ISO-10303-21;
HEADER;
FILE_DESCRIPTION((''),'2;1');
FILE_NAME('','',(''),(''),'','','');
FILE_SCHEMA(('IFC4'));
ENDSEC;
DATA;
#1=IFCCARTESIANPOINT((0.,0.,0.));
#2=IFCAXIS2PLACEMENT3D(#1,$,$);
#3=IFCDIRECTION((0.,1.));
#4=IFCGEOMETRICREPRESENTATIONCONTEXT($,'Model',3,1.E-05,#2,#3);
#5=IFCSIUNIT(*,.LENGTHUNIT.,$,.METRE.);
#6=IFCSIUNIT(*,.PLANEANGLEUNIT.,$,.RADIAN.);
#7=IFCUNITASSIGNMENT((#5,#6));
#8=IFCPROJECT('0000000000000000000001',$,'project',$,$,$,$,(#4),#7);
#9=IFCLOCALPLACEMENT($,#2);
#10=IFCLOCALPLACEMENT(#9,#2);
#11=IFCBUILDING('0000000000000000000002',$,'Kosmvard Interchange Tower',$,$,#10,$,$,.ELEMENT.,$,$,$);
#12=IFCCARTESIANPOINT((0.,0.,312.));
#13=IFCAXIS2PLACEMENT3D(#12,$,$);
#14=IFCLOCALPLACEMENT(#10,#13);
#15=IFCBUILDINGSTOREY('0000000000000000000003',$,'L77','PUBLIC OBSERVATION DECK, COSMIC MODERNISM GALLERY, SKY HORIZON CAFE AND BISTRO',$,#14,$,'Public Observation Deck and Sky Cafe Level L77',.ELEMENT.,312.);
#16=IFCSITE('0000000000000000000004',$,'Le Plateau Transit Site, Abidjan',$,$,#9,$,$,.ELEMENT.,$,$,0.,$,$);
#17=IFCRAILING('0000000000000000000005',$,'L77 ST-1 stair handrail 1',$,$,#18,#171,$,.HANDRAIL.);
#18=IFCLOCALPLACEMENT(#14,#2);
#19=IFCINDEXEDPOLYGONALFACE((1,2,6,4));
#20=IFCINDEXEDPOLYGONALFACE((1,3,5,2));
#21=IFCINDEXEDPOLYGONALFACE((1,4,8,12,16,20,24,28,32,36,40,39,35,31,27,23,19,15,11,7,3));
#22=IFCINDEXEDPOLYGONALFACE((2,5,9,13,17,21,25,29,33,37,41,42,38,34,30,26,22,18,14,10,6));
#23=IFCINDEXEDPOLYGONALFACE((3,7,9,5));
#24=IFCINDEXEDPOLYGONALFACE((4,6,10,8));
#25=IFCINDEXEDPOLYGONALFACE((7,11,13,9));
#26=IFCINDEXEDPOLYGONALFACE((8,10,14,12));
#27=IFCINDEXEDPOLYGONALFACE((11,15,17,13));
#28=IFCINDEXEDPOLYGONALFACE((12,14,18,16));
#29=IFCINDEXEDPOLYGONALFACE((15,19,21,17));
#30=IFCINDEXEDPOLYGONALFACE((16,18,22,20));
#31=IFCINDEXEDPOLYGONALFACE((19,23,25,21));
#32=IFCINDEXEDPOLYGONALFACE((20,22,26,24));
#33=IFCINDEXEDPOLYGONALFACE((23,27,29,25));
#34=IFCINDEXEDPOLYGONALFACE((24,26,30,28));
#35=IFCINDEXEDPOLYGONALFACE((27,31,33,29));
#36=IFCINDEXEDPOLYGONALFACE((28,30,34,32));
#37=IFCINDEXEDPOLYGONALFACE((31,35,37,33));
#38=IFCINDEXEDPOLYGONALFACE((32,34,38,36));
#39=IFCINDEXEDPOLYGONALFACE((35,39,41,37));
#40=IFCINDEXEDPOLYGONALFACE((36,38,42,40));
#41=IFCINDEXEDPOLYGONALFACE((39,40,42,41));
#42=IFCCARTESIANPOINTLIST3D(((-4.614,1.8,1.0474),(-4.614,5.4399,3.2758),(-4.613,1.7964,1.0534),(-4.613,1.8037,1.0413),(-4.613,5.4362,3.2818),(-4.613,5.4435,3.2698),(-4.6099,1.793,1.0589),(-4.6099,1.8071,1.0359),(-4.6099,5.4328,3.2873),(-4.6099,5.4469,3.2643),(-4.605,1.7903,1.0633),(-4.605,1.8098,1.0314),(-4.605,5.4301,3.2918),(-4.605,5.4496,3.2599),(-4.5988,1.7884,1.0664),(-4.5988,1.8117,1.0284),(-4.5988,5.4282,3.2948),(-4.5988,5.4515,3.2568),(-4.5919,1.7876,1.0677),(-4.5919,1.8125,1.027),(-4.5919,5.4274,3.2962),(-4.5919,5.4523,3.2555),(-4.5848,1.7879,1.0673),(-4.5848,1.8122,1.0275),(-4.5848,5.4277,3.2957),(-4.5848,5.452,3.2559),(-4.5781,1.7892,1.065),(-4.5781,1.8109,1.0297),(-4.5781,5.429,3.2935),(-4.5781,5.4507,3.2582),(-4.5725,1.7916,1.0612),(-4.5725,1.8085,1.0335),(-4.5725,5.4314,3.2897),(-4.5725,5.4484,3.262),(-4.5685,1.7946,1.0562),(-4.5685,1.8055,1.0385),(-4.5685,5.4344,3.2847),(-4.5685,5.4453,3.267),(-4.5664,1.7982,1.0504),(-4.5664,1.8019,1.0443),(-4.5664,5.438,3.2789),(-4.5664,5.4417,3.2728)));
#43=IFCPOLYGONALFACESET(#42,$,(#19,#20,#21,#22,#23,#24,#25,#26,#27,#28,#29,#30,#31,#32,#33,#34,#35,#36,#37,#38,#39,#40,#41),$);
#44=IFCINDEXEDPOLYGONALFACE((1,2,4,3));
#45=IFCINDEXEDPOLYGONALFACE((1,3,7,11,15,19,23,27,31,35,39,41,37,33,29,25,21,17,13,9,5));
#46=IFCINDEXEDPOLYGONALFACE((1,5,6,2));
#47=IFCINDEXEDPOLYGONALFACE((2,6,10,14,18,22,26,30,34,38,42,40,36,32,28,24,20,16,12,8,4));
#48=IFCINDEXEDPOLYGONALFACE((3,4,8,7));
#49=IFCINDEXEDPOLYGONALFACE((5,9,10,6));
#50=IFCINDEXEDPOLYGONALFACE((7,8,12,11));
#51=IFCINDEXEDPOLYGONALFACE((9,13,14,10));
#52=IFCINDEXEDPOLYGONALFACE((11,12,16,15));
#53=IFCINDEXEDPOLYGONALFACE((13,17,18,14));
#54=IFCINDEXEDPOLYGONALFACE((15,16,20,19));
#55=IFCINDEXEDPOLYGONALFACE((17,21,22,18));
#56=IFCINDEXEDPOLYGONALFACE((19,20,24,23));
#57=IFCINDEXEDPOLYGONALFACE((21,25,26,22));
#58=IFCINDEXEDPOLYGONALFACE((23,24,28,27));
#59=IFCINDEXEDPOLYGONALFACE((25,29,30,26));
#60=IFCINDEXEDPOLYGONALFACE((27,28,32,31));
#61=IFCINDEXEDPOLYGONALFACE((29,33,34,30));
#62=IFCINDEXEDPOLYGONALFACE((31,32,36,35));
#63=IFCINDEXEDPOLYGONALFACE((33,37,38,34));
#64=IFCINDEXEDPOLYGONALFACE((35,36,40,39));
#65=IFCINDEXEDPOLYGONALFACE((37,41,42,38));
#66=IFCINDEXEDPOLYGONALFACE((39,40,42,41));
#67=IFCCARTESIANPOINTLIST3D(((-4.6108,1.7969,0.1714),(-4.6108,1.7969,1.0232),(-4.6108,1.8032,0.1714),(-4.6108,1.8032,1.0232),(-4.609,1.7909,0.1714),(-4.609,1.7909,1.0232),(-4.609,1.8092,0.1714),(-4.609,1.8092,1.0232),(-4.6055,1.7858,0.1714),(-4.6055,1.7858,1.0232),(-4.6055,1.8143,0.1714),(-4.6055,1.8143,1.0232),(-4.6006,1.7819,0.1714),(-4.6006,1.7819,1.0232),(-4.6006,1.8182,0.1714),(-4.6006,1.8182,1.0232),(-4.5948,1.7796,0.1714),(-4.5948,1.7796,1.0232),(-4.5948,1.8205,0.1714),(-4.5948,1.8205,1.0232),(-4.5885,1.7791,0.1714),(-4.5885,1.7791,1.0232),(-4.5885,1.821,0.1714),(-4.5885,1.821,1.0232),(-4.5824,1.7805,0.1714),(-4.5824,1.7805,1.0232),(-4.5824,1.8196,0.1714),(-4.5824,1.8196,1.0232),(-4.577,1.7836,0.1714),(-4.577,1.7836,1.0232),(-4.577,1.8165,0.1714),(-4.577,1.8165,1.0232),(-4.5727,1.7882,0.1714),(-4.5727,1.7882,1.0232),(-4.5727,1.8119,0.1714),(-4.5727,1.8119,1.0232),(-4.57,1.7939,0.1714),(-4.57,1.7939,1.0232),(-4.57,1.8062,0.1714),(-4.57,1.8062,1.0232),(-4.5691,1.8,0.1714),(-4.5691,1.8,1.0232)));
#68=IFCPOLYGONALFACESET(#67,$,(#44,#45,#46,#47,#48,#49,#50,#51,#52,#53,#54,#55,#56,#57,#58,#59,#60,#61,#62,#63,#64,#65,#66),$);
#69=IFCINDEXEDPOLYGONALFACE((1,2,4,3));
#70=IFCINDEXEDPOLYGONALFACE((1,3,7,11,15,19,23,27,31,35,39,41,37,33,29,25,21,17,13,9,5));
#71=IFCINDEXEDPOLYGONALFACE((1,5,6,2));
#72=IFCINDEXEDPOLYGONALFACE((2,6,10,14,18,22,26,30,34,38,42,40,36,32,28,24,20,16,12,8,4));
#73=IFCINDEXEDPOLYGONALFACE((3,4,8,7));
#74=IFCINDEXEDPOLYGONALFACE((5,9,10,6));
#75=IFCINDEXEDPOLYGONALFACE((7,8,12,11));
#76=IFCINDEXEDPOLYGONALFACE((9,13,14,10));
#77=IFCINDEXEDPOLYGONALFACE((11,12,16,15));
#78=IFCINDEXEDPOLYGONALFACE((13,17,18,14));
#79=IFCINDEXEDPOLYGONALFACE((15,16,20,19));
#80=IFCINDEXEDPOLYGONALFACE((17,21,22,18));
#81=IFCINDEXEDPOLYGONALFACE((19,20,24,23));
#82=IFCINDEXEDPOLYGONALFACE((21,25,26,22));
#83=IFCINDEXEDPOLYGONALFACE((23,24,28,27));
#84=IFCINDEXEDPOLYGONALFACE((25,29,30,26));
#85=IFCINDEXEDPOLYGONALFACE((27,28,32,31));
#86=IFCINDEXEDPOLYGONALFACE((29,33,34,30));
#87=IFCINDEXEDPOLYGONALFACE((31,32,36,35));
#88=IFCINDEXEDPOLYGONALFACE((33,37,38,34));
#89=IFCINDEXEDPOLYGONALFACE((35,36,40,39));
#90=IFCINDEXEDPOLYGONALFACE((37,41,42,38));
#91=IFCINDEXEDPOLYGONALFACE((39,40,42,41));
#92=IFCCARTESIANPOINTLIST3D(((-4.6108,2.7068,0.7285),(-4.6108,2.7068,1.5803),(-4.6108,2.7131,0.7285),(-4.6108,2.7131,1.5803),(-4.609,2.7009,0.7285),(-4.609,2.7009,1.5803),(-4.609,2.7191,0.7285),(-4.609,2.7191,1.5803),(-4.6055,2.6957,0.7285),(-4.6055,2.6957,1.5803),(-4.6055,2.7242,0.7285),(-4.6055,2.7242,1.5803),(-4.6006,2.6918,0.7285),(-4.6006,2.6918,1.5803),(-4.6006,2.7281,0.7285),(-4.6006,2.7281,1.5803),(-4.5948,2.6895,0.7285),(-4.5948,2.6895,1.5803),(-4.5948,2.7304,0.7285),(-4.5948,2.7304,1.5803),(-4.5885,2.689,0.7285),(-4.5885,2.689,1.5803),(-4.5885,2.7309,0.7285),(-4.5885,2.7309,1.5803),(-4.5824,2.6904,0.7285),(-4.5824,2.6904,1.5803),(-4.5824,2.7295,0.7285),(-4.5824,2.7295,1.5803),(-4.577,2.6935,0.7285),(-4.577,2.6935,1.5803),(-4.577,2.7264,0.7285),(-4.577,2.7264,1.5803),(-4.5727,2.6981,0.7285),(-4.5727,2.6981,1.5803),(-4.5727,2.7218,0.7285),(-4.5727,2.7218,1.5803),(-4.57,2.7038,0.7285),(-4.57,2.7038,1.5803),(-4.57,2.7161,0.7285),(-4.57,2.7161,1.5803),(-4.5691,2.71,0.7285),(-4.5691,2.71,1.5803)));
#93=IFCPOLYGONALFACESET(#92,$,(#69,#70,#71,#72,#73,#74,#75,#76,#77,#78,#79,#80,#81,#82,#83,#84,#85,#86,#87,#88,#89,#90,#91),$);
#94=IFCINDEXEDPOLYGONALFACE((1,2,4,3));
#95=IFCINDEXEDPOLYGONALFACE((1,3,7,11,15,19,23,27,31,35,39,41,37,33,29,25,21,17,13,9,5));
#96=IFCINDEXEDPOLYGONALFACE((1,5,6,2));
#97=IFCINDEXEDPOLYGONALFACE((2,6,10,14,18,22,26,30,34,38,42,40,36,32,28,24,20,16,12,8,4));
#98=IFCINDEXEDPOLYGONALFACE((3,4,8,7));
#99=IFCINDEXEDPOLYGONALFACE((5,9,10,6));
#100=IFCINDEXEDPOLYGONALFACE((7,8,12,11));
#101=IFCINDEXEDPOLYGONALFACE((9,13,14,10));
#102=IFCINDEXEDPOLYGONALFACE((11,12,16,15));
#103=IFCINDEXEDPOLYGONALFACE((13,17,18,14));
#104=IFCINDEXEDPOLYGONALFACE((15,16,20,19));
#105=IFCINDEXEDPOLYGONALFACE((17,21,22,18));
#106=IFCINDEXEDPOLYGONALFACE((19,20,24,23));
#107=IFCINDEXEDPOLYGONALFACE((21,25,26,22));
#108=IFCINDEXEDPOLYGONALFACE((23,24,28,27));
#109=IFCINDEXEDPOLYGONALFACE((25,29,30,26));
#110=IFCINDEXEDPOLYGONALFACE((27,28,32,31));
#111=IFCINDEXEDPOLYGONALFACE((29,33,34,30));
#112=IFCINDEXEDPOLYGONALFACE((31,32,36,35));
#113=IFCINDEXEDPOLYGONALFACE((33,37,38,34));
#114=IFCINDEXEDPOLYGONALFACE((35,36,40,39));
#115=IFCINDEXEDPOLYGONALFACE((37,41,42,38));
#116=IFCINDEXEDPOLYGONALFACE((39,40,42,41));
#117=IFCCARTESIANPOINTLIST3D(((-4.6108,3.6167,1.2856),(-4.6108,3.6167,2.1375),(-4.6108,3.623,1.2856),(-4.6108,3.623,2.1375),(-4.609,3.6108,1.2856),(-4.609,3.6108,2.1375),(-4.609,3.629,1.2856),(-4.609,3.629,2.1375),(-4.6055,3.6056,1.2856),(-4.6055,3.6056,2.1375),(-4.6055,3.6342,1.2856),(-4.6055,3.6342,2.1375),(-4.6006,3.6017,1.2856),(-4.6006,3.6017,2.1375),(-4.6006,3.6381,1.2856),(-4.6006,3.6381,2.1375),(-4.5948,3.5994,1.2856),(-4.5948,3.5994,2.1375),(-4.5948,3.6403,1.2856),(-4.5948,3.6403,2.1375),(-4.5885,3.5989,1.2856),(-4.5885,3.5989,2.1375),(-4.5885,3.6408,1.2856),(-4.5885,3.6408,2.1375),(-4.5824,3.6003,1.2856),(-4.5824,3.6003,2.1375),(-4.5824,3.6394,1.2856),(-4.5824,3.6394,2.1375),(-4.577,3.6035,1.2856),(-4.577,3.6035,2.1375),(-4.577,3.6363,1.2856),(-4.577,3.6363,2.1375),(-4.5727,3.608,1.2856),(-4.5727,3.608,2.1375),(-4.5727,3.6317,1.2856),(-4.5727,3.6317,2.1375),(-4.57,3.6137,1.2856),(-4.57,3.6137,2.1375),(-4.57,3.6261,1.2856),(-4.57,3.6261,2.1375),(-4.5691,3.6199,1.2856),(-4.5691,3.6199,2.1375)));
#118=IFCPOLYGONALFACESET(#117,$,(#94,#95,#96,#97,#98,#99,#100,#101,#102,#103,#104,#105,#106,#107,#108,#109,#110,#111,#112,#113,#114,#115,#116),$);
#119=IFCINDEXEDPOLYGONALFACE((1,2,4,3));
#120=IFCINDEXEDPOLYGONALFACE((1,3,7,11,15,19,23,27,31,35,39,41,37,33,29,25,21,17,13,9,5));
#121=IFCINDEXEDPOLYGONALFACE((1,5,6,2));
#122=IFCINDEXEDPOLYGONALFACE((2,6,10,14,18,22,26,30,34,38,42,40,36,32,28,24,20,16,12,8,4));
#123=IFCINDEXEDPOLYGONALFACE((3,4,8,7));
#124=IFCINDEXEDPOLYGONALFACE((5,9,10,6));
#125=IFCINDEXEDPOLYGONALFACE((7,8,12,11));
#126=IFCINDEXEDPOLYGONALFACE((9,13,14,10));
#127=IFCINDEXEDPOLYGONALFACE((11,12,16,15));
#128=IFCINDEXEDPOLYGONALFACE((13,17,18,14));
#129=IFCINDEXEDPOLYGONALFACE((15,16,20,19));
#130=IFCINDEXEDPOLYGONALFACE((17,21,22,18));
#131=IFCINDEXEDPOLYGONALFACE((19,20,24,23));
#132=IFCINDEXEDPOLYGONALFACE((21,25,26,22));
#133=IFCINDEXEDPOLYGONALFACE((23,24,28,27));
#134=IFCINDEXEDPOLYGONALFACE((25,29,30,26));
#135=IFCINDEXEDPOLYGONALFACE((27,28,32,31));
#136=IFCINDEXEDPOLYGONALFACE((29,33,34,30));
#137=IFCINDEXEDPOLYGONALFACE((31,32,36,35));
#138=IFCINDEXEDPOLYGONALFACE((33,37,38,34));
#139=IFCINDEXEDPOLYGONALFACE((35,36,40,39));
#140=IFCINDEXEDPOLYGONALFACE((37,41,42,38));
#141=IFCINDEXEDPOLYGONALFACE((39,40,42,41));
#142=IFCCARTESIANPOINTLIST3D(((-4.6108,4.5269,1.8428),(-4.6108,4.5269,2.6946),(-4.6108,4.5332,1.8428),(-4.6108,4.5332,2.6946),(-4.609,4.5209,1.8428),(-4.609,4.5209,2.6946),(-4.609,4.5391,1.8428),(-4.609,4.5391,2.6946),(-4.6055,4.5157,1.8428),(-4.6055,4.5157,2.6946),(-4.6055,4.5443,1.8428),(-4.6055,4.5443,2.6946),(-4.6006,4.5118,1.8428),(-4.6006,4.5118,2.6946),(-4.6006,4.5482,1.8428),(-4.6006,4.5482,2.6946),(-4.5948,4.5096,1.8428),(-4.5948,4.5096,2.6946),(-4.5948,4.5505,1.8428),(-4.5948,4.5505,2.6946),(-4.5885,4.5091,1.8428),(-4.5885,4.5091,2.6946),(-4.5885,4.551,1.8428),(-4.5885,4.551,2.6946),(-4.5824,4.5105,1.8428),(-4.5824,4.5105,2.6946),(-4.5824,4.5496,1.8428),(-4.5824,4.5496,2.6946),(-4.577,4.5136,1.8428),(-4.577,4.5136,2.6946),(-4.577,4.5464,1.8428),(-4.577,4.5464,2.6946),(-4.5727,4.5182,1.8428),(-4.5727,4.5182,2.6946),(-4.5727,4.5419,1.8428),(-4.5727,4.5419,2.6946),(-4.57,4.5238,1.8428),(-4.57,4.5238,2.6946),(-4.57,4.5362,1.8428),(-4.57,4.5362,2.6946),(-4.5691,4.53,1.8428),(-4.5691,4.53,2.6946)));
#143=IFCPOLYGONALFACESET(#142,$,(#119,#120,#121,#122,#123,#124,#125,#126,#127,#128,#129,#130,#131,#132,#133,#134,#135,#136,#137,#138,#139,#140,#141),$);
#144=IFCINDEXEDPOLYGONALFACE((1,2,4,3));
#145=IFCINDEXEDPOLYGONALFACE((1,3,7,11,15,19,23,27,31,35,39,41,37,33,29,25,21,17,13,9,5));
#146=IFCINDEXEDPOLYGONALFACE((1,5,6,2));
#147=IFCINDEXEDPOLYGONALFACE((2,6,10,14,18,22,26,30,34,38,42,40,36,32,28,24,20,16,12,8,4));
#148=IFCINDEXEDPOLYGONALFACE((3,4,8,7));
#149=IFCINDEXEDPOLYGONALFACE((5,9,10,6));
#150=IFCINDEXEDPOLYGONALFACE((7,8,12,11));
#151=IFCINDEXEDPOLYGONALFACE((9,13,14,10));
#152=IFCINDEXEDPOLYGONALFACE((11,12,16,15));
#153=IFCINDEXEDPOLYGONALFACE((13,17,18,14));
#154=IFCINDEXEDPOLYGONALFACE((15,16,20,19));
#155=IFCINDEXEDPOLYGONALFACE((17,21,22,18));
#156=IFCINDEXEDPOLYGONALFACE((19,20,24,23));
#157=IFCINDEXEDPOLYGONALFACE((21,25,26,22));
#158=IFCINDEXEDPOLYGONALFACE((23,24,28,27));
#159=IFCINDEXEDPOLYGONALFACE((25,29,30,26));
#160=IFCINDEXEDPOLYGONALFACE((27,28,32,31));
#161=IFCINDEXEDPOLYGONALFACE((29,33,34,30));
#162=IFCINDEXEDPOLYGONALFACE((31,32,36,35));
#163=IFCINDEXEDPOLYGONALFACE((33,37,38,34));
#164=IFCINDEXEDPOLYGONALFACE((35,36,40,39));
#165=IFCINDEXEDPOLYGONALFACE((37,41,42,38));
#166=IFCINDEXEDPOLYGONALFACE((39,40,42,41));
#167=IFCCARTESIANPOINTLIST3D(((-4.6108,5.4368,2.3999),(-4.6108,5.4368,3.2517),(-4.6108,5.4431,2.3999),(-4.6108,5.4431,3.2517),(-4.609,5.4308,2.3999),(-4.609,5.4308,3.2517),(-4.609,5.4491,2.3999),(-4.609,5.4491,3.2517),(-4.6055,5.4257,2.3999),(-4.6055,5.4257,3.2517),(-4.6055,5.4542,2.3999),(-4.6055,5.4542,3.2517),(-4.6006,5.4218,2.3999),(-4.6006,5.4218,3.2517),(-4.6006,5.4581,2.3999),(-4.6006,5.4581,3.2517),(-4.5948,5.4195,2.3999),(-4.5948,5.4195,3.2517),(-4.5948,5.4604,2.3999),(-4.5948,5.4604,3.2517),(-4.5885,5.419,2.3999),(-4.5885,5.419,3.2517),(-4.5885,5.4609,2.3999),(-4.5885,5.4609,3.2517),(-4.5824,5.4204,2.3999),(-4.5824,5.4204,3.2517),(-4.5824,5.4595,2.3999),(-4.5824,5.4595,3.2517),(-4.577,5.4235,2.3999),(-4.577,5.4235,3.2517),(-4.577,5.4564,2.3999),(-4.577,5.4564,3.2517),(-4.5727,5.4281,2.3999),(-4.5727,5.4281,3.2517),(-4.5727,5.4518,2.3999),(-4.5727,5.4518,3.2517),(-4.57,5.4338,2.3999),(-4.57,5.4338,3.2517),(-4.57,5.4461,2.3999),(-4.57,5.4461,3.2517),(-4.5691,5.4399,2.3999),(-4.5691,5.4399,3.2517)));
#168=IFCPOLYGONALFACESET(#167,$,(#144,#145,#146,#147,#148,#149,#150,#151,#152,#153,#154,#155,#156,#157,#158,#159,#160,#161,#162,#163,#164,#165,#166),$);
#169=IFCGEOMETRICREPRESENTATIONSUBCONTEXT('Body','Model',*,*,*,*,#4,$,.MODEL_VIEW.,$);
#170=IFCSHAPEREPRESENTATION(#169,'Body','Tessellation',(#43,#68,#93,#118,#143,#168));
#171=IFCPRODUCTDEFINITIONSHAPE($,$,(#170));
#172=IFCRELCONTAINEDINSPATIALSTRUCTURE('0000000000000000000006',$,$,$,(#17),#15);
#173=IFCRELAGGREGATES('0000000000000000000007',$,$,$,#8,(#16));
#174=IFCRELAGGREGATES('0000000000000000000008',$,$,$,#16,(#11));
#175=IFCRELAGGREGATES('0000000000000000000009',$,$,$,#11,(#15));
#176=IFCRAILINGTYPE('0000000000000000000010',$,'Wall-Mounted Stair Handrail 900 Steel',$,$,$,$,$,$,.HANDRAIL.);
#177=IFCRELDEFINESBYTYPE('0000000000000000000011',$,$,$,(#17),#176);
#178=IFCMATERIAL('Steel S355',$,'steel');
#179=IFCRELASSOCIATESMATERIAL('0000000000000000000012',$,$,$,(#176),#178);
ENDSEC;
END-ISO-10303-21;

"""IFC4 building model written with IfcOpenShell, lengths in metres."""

from ifc_helpers import new_model, si_unit, direction, frame, origin, origin_2d, place, context, subcontext, project, spatial, circle, extrude, source, transform, mapped, material, type_object, element, save


model = new_model("IFC4")

# Units and contexts
model_context = context("Model", 3, precision=1e-05, world=origin(), true_north=direction((0.0, 1.0)))
body_context = subcontext(model_context, "Body", "Model", "MODEL_VIEW")
ifc_project = project(units=[si_unit("LENGTHUNIT", "METRE"), si_unit("PLANEANGLEUNIT", "RADIAN")], contexts=[model_context])

# Site, building, storey
site_placement = place(None, origin())
site = spatial("IfcSite", under=ifc_project, at=site_placement, Name="Le Plateau Transit Site, Abidjan", CompositionType="ELEMENT", RefElevation=0.0)
building_placement = place(site_placement, origin())
building = spatial("IfcBuilding", under=site, at=building_placement, Name="Kosmvard Interchange Tower", CompositionType="ELEMENT")
storey_placement = place(building_placement, frame((0.0, 0.0, 312.0)))
storey = spatial("IfcBuildingStorey", under=building, at=storey_placement, Name="L77", Description="PUBLIC OBSERVATION DECK, COSMIC MODERNISM GALLERY, SKY HORIZON CAFE AND BISTRO", LongName="Public Observation Deck and Sky Cafe Level L77", CompositionType="ELEMENT", Elevation=312.0)

# Railing
ifc_material_1 = material(Name="Steel S355", Category="steel")
railing_type_1 = type_object("IfcRailingType", Name="Wall-Mounted Stair Handrail 900 Steel", PredefinedType="HANDRAIL", material=ifc_material_1)
shared_shape_1 = source(origin(), body_context, "Body", "SweptSolid", [
    extrude(circle(Radius=0.0239, at=origin_2d()), frame((0.0, 0.0, 0.876), z_axis=(0.0, 0.85285, 0.522156), x_axis=(-1.0, 0.0, 0.0)), (0.0, 0.0, 1.0), 4.2678),
    extrude(circle(Radius=0.021, at=origin_2d()), origin(), (0.0, 0.0, 1.0), 0.8518),
    extrude(circle(Radius=0.021, at=origin_2d()), frame((0.0, 0.9099, 0.5571)), (0.0, 0.0, 1.0), 0.8518),
    extrude(circle(Radius=0.021, at=origin_2d()), frame((0.0, 1.8198, 1.1143)), (0.0, 0.0, 1.0), 0.8518),
    extrude(circle(Radius=0.021, at=origin_2d()), frame((0.0, 2.73, 1.6714)), (0.0, 0.0, 1.0), 0.8518),
    extrude(circle(Radius=0.021, at=origin_2d()), frame((0.0, 3.6399, 2.2285)), (0.0, 0.0, 1.0), 0.8518),
])
railing_1_placement = place(storey_placement, frame((-4.5901, 1.8, 0.1714)))
element("IfcRailing", 1, at=railing_1_placement, inside=storey, type_object=railing_type_1, Name="L77 ST-1 stair handrail 1", PredefinedType="HANDRAIL", context=body_context, shape_type="MappedRepresentation", body=[
    mapped(shared_shape_1, transform((0.0, 0.0, 0.0), scale=1.0)),
])

save(model, "model.ifc")
